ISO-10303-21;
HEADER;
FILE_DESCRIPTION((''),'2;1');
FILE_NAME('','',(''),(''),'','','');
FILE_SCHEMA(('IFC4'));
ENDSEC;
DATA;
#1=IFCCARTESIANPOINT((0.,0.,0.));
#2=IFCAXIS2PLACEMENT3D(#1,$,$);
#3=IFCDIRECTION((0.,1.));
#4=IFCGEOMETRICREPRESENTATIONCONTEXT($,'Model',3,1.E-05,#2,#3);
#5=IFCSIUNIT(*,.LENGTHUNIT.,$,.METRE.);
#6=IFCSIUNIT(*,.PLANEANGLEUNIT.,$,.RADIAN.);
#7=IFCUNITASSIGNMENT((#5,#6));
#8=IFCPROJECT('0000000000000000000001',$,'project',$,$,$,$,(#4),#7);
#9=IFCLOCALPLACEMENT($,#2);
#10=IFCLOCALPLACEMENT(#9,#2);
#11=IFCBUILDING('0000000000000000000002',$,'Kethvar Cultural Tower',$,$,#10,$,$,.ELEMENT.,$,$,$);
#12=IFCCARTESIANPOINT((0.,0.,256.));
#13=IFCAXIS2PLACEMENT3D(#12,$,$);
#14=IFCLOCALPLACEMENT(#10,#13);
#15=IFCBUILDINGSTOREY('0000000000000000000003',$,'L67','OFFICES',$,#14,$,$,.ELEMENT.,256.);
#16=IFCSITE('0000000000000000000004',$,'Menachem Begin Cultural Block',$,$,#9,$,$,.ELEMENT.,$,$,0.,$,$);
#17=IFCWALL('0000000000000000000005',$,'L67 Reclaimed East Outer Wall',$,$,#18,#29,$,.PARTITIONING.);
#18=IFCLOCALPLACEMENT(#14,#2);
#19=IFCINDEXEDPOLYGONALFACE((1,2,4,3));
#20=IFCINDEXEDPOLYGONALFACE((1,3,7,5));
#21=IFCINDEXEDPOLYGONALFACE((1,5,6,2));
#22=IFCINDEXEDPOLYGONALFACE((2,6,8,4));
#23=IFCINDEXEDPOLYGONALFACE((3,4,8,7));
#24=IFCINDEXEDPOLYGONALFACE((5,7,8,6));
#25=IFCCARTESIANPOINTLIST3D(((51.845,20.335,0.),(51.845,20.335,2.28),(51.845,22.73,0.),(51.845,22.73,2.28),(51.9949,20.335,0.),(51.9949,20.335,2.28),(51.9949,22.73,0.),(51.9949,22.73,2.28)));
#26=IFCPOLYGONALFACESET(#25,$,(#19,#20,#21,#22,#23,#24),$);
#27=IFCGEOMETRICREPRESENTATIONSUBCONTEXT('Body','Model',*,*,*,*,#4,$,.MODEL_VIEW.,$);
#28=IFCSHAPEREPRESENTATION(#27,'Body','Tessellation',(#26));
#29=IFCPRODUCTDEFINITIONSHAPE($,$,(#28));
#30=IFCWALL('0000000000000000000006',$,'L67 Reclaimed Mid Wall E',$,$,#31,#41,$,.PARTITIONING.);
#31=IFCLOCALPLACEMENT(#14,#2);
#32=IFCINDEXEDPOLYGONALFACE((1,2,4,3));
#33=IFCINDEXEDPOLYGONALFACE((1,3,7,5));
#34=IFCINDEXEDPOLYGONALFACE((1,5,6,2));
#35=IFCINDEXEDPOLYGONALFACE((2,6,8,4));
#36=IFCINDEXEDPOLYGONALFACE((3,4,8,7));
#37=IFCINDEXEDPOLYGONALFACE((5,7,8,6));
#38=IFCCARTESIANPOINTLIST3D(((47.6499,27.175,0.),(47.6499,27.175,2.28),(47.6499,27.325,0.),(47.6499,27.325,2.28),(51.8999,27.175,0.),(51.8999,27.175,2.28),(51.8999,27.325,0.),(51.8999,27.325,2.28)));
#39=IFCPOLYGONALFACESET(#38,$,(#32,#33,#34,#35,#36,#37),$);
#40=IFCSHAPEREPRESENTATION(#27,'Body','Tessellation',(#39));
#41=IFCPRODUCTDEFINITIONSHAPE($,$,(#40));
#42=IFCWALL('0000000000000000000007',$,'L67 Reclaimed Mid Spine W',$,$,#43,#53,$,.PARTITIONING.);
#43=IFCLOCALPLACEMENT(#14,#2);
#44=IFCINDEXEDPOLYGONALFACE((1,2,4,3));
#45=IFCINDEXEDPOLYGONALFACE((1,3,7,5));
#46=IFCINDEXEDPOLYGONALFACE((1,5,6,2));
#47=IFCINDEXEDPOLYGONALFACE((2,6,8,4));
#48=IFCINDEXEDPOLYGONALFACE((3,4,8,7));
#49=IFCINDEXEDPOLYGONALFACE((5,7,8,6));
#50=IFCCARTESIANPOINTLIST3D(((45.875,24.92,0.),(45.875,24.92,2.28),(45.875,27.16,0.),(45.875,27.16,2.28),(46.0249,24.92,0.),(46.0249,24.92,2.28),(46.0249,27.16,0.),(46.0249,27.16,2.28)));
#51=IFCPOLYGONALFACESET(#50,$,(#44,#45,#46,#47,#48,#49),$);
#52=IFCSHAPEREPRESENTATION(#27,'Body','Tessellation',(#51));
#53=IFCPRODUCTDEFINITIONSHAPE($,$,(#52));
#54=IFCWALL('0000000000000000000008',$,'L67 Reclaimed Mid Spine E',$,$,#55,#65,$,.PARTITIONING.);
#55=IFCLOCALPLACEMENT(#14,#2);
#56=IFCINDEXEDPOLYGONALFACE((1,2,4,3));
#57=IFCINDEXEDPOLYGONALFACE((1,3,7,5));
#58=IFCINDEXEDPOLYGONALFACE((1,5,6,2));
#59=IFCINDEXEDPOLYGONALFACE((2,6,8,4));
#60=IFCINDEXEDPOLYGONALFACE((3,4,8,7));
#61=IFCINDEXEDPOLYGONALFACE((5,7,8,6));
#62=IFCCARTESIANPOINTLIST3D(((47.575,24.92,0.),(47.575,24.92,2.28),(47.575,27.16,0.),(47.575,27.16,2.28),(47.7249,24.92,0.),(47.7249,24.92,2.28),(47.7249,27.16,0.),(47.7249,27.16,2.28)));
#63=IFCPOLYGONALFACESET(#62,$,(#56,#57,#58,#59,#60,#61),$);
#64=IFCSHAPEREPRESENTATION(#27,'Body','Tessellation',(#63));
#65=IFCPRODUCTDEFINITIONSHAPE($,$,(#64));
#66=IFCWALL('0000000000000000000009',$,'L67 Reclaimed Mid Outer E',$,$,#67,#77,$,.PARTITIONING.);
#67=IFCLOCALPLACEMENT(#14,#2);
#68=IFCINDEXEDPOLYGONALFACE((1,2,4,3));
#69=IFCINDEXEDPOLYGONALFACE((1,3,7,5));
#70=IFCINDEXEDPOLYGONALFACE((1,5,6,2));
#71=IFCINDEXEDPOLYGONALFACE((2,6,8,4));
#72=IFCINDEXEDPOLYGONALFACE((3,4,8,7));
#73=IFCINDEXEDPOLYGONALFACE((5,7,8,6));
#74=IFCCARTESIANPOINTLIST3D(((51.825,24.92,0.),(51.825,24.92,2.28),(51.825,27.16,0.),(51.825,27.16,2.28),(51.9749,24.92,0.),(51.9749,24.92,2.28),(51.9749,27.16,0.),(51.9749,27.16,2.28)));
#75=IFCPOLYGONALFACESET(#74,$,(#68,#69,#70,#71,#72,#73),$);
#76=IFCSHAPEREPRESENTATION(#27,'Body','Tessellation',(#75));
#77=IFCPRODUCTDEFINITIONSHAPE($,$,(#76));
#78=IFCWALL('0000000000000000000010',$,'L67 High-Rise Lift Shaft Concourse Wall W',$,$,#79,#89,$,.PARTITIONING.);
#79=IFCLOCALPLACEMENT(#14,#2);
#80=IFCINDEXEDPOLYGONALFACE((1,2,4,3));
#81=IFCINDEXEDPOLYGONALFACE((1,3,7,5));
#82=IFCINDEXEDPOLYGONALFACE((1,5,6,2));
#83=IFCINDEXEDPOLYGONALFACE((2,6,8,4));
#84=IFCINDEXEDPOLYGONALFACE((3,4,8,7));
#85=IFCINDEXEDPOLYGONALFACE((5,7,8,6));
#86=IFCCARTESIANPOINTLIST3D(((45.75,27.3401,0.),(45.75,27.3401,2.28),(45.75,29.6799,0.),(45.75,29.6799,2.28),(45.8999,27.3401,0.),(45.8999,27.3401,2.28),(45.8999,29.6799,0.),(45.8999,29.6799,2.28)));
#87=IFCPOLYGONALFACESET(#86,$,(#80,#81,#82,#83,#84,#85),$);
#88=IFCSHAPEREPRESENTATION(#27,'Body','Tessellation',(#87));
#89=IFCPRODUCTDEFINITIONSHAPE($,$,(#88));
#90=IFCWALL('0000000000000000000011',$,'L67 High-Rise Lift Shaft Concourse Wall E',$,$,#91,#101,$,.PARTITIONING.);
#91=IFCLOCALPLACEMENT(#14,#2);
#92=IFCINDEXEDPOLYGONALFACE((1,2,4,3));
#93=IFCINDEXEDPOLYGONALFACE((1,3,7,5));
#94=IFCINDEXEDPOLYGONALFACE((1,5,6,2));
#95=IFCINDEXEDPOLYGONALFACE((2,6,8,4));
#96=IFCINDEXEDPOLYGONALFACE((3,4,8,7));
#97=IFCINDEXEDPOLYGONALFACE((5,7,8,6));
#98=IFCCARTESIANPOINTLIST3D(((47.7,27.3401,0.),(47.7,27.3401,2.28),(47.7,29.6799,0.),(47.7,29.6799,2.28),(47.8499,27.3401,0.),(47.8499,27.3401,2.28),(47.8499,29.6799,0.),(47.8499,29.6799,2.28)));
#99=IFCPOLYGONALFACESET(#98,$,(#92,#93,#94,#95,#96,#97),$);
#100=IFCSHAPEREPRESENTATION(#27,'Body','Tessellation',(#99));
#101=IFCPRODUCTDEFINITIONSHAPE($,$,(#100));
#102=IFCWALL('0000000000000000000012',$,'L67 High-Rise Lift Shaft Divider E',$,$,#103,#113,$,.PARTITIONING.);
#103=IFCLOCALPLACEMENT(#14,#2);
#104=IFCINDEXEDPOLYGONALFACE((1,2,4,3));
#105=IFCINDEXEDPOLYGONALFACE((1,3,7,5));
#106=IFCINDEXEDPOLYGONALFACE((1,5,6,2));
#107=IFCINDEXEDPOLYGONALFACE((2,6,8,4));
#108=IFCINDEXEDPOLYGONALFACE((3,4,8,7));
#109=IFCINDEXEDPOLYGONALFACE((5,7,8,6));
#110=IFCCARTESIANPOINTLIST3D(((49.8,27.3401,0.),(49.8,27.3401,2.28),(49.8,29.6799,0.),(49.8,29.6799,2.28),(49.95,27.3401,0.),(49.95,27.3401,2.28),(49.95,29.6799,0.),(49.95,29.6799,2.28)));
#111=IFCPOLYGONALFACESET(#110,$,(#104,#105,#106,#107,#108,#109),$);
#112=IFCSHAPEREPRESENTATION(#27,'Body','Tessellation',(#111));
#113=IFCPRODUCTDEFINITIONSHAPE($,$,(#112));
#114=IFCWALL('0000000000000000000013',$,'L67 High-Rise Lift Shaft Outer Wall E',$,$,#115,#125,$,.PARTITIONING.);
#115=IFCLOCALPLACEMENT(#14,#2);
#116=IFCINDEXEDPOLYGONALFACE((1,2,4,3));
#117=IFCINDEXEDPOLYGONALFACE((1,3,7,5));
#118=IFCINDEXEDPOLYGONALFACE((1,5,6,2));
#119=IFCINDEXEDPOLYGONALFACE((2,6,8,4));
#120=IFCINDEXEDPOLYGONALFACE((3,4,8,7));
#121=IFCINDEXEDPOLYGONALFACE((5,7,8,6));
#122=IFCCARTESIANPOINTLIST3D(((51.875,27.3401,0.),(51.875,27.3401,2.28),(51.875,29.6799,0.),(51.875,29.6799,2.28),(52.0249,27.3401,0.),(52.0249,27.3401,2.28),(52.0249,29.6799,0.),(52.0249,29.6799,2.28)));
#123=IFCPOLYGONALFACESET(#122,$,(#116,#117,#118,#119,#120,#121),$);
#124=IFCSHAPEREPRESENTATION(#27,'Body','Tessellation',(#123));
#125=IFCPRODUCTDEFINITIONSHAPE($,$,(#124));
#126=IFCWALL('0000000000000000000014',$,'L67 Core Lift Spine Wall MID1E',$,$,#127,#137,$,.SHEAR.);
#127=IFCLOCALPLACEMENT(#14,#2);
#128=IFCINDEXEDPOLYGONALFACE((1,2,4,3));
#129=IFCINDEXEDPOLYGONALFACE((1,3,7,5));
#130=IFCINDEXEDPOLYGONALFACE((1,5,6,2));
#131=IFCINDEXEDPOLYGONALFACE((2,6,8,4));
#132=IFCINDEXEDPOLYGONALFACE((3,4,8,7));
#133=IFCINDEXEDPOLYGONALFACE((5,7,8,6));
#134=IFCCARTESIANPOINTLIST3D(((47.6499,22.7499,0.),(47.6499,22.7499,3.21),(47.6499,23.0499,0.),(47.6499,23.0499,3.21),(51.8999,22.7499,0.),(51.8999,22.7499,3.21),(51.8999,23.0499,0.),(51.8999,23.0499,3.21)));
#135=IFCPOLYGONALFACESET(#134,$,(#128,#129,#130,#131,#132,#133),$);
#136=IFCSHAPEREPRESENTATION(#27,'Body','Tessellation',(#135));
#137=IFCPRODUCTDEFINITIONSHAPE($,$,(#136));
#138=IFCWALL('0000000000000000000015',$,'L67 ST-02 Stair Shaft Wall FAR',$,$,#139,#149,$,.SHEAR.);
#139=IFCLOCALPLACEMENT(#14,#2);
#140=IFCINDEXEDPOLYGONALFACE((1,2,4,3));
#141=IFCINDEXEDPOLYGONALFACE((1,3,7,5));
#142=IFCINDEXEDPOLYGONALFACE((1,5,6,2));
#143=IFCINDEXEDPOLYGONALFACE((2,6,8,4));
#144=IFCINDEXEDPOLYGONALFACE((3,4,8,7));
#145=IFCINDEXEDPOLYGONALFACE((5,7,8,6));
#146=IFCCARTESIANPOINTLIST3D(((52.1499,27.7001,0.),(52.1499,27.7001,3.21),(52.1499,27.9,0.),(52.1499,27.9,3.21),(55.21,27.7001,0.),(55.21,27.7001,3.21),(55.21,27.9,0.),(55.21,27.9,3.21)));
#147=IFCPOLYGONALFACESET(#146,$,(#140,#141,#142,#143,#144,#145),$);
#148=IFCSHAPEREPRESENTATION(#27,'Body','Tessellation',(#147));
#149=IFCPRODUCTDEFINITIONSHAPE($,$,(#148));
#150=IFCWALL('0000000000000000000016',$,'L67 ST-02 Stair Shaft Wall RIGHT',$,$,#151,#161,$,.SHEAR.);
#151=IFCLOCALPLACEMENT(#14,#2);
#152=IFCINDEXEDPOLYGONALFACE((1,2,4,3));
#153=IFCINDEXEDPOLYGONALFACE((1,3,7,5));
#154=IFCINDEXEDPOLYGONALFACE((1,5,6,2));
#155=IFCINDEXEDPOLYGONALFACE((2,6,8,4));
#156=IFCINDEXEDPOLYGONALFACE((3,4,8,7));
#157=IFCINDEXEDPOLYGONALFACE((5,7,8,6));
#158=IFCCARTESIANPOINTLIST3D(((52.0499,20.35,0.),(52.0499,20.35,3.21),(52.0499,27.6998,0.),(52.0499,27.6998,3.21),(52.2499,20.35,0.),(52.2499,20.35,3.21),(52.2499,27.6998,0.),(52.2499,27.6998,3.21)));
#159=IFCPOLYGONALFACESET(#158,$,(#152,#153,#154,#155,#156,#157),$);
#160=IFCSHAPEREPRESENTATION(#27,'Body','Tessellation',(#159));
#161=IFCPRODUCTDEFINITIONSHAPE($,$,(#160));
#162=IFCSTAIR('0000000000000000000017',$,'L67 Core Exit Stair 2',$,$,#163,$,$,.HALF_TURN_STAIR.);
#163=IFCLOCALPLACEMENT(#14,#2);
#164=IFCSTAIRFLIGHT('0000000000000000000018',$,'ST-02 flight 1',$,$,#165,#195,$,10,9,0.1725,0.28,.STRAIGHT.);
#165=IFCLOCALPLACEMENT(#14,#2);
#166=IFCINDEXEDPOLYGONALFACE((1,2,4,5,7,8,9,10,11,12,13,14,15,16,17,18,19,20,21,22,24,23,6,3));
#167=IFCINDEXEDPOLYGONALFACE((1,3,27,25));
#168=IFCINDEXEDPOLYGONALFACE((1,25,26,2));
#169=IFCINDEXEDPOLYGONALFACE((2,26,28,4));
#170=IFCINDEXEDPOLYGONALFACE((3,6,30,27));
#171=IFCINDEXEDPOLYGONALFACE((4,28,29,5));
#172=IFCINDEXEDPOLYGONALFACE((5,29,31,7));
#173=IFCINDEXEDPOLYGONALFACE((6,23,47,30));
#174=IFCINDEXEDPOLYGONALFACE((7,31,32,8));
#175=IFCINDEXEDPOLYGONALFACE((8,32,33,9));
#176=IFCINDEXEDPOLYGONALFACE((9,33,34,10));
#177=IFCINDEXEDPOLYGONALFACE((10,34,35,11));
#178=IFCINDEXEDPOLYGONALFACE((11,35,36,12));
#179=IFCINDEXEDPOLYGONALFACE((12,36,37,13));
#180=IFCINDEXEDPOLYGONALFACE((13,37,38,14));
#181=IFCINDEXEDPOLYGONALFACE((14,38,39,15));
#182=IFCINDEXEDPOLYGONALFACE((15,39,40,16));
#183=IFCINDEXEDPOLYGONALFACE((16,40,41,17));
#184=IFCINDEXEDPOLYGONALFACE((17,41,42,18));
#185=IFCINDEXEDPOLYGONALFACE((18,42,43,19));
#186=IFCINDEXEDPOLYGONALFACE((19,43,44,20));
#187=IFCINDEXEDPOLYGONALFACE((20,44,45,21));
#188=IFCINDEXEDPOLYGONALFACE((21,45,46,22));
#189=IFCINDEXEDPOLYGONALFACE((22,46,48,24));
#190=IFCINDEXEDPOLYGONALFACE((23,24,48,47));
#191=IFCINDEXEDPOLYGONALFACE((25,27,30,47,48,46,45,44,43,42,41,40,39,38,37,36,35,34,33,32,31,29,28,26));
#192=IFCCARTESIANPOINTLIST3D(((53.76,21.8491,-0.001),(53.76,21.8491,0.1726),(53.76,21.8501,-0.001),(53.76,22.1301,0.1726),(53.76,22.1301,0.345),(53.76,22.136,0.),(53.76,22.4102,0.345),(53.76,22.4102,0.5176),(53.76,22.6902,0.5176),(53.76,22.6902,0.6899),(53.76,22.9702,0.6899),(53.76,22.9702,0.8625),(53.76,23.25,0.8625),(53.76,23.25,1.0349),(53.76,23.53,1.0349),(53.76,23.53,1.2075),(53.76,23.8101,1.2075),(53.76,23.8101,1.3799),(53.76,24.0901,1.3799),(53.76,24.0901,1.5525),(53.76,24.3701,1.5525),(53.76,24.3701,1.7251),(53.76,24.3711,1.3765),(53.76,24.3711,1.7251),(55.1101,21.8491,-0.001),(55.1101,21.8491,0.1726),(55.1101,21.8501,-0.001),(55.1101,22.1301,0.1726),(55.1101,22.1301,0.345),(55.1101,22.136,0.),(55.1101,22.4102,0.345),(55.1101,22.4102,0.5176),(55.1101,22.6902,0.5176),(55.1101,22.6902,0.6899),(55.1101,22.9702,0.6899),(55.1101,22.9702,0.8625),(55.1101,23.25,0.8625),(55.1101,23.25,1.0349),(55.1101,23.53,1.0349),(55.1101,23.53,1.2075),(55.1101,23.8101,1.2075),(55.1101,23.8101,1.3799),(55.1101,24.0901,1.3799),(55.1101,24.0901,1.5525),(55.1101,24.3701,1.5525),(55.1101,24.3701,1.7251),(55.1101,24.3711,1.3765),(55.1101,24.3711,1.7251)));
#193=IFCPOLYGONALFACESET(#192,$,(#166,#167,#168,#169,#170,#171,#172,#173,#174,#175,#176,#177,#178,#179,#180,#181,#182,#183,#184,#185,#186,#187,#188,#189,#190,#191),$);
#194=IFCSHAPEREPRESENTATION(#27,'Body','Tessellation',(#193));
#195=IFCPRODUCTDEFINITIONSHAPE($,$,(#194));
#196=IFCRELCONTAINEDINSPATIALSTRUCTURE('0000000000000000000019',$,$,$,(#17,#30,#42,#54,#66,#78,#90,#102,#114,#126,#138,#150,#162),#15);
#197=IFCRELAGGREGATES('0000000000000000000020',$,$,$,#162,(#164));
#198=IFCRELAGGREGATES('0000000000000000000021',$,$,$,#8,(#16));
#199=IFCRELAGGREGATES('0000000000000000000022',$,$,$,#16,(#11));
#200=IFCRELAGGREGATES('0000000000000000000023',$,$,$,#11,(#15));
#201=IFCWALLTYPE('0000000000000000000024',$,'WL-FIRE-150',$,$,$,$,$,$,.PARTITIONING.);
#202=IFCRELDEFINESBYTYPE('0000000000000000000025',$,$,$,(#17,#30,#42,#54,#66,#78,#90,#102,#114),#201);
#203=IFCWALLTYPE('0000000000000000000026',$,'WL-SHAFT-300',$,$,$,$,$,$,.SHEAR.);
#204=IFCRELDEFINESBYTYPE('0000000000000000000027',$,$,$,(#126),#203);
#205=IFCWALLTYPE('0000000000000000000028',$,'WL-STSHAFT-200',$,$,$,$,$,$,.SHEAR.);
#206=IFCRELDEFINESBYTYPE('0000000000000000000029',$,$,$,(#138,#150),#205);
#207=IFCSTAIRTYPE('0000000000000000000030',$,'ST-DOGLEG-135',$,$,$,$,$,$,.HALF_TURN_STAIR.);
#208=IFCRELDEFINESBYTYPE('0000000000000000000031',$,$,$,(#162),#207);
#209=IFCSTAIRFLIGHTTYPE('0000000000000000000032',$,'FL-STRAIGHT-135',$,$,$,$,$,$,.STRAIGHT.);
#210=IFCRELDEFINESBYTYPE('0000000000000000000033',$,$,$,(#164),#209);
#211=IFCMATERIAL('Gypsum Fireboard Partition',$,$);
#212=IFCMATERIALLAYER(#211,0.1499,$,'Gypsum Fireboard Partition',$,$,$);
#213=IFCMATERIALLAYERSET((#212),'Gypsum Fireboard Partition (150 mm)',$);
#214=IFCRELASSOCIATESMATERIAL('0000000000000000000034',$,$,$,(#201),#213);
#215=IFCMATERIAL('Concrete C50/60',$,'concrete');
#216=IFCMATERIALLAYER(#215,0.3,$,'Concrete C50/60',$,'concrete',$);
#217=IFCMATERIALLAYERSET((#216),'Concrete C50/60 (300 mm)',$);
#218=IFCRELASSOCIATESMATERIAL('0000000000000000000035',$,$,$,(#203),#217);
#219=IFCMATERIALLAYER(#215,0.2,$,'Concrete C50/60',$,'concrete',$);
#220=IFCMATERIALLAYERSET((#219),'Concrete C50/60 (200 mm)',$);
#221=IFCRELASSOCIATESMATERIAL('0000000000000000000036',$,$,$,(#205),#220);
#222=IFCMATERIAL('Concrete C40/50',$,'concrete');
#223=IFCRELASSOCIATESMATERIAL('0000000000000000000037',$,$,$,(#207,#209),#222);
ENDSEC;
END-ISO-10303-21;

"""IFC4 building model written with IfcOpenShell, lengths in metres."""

from ifc_helpers import new_model, si_unit, direction, frame, frame_2d, origin, place, context, subcontext, project, spatial, polyline, rectangle, outline, extrude, material, layer, layer_set, type_object, element, aggregate, save


model = new_model("IFC4")

# Units and contexts
model_context = context("Model", 3, precision=1e-05, world=origin(), true_north=direction((0.0, 1.0)))
body_context = subcontext(model_context, "Body", "Model", "MODEL_VIEW")
ifc_project = project(units=[si_unit("LENGTHUNIT", "METRE"), si_unit("PLANEANGLEUNIT", "RADIAN")], contexts=[model_context])

# Site, building, storey
site_placement = place(None, origin())
site = spatial("IfcSite", under=ifc_project, at=site_placement, Name="Menachem Begin Cultural Block", CompositionType="ELEMENT", RefElevation=0.0)
building_placement = place(site_placement, origin())
building = spatial("IfcBuilding", under=site, at=building_placement, Name="Kethvar Cultural Tower", CompositionType="ELEMENT")
storey_placement = place(building_placement, frame((0.0, 0.0, 256.0)))
storey = spatial("IfcBuildingStorey", under=building, at=storey_placement, Name="L67", Description="OFFICES", CompositionType="ELEMENT", Elevation=256.0)

# Walls
ifc_material_1 = material(Name="Gypsum Fireboard Partition")
ifc_layer_1 = layer(ifc_material_1, 0.1499, Name="Gypsum Fireboard Partition")
ifc_layer_set_1 = layer_set([ifc_layer_1], Name="Gypsum Fireboard Partition (150 mm)")
wall_type_1 = type_object("IfcWallType", Name="WL-FIRE-150", PredefinedType="PARTITIONING", material=ifc_layer_set_1)
wall_1_placement = place(storey_placement, frame((51.9199, 20.335, 0.0), z_axis=(0.0, 0.0, 1.0), x_axis=(0.0, 1.0, 0.0)))
element("IfcWall", 1, at=wall_1_placement, inside=storey, type_object=wall_type_1, Name="L67 Reclaimed East Outer Wall", PredefinedType="PARTITIONING", context=body_context, shape_type="SweptSolid", body=[
    extrude(rectangle(XDim=2.395, YDim=0.1499, at=frame_2d((1.1975, 0.0))), origin(), (0.0, 0.0, 1.0), 2.28),
])
wall_2_placement = place(storey_placement, frame((47.6499, 27.25, 0.0), z_axis=(0.0, 0.0, 1.0), x_axis=(1.0, 0.0, 0.0)))
element("IfcWall", 2, at=wall_2_placement, inside=storey, type_object=wall_type_1, Name="L67 Reclaimed Mid Wall E", PredefinedType="PARTITIONING", context=body_context, shape_type="SweptSolid", body=[
    extrude(rectangle(XDim=4.25, YDim=0.1499, at=frame_2d((2.125, 0.0))), origin(), (0.0, 0.0, 1.0), 2.28),
])
for number, where, z_axis, x_axis, name in (
    (3, (45.95, 24.9199, 0.0), (0.0, 0.0, 1.0), (0.0, 1.0, 0.0), "L67 Reclaimed Mid Spine W"),
    (4, (47.6499, 24.9199, 0.0), (0.0, 0.0, 1.0), (0.0, 1.0, 0.0), "L67 Reclaimed Mid Spine E"),
    (5, (51.8999, 24.9199, 0.0), (0.0, 0.0, 1.0), (0.0, 1.0, 0.0), "L67 Reclaimed Mid Outer E"),
):
    element("IfcWall", number, at=place(storey_placement, frame(where, z_axis=z_axis, x_axis=x_axis)), inside=storey, type_object=wall_type_1, Name=name, PredefinedType="PARTITIONING", context=body_context, shape_type="SweptSolid", body=[
        extrude(rectangle(XDim=2.24, YDim=0.1499, at=frame_2d((1.1201, 0.0))), origin(), (0.0, 0.0, 1.0), 2.28),
    ])
for number, where, z_axis, x_axis, name in (
    (6, (45.825, 27.3401, 0.0), (0.0, 0.0, 1.0), (0.0, 1.0, 0.0), "L67 High-Rise Lift Shaft Concourse Wall W"),
    (7, (47.7749, 27.3401, 0.0), (0.0, 0.0, 1.0), (0.0, 1.0, 0.0), "L67 High-Rise Lift Shaft Concourse Wall E"),
    (8, (49.875, 27.3401, 0.0), (0.0, 0.0, 1.0), (0.0, 1.0, 0.0), "L67 High-Rise Lift Shaft Divider E"),
    (9, (51.95, 27.3401, 0.0), (0.0, 0.0, 1.0), (0.0, 1.0, 0.0), "L67 High-Rise Lift Shaft Outer Wall E"),
):
    element("IfcWall", number, at=place(storey_placement, frame(where, z_axis=z_axis, x_axis=x_axis)), inside=storey, type_object=wall_type_1, Name=name, PredefinedType="PARTITIONING", context=body_context, shape_type="SweptSolid", body=[
        extrude(rectangle(XDim=2.3398, YDim=0.1499, at=frame_2d((1.1699, 0.0))), origin(), (0.0, 0.0, 1.0), 2.28),
    ])
ifc_material_2 = material(Name="Concrete C50/60", Category="concrete")
ifc_layer_2 = layer(ifc_material_2, 0.3, Name="Concrete C50/60", Category="concrete")
ifc_layer_set_2 = layer_set([ifc_layer_2], Name="Concrete C50/60 (300 mm)")
wall_type_2 = type_object("IfcWallType", Name="WL-SHAFT-300", PredefinedType="SHEAR", material=ifc_layer_set_2)
wall_3_placement = place(storey_placement, frame((47.6499, 22.8999, 0.0), z_axis=(0.0, 0.0, 1.0), x_axis=(1.0, 0.0, 0.0)))
element("IfcWall", 10, at=wall_3_placement, inside=storey, type_object=wall_type_2, Name="L67 Core Lift Spine Wall MID1E", PredefinedType="SHEAR", context=body_context, shape_type="SweptSolid", body=[
    extrude(rectangle(XDim=4.25, YDim=0.3, at=frame_2d((2.125, 0.0))), origin(), (0.0, 0.0, 1.0), 3.21),
])

# Walls
ifc_layer_3 = layer(ifc_material_2, 0.2, Name="Concrete C50/60", Category="concrete")
ifc_layer_set_3 = layer_set([ifc_layer_3], Name="Concrete C50/60 (200 mm)")
wall_type_3 = type_object("IfcWallType", Name="WL-STSHAFT-200", PredefinedType="SHEAR", material=ifc_layer_set_3)
wall_4_placement = place(storey_placement, frame((52.1499, 27.8, 0.0), z_axis=(0.0, 0.0, 1.0), x_axis=(1.0, 0.0, 0.0)))
element("IfcWall", 11, at=wall_4_placement, inside=storey, type_object=wall_type_3, Name="L67 ST-02 Stair Shaft Wall FAR", PredefinedType="SHEAR", context=body_context, shape_type="SweptSolid", body=[
    extrude(rectangle(XDim=3.0601, YDim=0.2, at=frame_2d((1.53, 0.0))), origin(), (0.0, 0.0, 1.0), 3.21),
])
wall_5_placement = place(storey_placement, frame((52.1499, 20.3501, 0.0), z_axis=(0.0, 0.0, 1.0), x_axis=(0.0, 1.0, 0.0)))
element("IfcWall", 12, at=wall_5_placement, inside=storey, type_object=wall_type_3, Name="L67 ST-02 Stair Shaft Wall RIGHT", PredefinedType="SHEAR", context=body_context, shape_type="SweptSolid", body=[
    extrude(rectangle(XDim=7.3499, YDim=0.2, at=frame_2d((3.6748, 0.0))), origin(), (0.0, 0.0, 1.0), 3.21),
])

# Stair, stair flight
ifc_material_3 = material(Name="Concrete C40/50", Category="concrete")
stair_type = type_object("IfcStairType", Name="ST-DOGLEG-135", PredefinedType="HALF_TURN_STAIR", material=ifc_material_3)
stair_placement = place(storey_placement, origin())
stair = element("IfcStair", 13, at=stair_placement, inside=storey, type_object=stair_type, Name="L67 Core Exit Stair 2", PredefinedType="HALF_TURN_STAIR")
stair_flight_type = type_object("IfcStairFlightType", Name="FL-STRAIGHT-135", PredefinedType="STRAIGHT", material=ifc_material_3)
stair_flight_1_placement = place(storey_placement, frame((54.4351, 21.8501, 0.0), z_axis=(0.0, 0.0, 1.0), x_axis=(0.0, 1.0, 0.0)))
stair_flight_1 = element("IfcStairFlight", 14, at=stair_flight_1_placement, type_object=stair_flight_type, Name="ST-02 flight 1", NumberOfRisers=10, NumberOfTreads=9, PredefinedType="STRAIGHT", RiserHeight=0.1725, TreadLength=0.28, context=body_context, shape_type="SweptSolid", body=[
    extrude(outline(polyline([(-0.001, -0.001), (-0.001, 0.1726), (0.28, 0.1726), (0.28, 0.345), (0.5601, 0.345), (0.5601, 0.5176), (0.8401, 0.5176), (0.8401, 0.6899), (1.1201, 0.6899), (1.1201, 0.8625), (1.3999, 0.8625), (1.3999, 1.0349), (1.6799, 1.0349), (1.6799, 1.2075), (1.96, 1.2075), (1.96, 1.3799), (2.24, 1.3799), (2.24, 1.5525), (2.52, 1.5525), (2.52, 1.7251), (2.521, 1.7251), (2.521, 1.3765), (0.2859, 0.0), (0.0, -0.001), (-0.001, -0.001)])), frame((0.0, 0.675, 0.0), z_axis=(0.0, -1.0, 0.0), x_axis=(1.0, 0.0, 0.0)), (0.0, 0.0, 1.0), 1.3501),
])
aggregate(stair, [stair_flight_1])

save(model, "model.ifc")
